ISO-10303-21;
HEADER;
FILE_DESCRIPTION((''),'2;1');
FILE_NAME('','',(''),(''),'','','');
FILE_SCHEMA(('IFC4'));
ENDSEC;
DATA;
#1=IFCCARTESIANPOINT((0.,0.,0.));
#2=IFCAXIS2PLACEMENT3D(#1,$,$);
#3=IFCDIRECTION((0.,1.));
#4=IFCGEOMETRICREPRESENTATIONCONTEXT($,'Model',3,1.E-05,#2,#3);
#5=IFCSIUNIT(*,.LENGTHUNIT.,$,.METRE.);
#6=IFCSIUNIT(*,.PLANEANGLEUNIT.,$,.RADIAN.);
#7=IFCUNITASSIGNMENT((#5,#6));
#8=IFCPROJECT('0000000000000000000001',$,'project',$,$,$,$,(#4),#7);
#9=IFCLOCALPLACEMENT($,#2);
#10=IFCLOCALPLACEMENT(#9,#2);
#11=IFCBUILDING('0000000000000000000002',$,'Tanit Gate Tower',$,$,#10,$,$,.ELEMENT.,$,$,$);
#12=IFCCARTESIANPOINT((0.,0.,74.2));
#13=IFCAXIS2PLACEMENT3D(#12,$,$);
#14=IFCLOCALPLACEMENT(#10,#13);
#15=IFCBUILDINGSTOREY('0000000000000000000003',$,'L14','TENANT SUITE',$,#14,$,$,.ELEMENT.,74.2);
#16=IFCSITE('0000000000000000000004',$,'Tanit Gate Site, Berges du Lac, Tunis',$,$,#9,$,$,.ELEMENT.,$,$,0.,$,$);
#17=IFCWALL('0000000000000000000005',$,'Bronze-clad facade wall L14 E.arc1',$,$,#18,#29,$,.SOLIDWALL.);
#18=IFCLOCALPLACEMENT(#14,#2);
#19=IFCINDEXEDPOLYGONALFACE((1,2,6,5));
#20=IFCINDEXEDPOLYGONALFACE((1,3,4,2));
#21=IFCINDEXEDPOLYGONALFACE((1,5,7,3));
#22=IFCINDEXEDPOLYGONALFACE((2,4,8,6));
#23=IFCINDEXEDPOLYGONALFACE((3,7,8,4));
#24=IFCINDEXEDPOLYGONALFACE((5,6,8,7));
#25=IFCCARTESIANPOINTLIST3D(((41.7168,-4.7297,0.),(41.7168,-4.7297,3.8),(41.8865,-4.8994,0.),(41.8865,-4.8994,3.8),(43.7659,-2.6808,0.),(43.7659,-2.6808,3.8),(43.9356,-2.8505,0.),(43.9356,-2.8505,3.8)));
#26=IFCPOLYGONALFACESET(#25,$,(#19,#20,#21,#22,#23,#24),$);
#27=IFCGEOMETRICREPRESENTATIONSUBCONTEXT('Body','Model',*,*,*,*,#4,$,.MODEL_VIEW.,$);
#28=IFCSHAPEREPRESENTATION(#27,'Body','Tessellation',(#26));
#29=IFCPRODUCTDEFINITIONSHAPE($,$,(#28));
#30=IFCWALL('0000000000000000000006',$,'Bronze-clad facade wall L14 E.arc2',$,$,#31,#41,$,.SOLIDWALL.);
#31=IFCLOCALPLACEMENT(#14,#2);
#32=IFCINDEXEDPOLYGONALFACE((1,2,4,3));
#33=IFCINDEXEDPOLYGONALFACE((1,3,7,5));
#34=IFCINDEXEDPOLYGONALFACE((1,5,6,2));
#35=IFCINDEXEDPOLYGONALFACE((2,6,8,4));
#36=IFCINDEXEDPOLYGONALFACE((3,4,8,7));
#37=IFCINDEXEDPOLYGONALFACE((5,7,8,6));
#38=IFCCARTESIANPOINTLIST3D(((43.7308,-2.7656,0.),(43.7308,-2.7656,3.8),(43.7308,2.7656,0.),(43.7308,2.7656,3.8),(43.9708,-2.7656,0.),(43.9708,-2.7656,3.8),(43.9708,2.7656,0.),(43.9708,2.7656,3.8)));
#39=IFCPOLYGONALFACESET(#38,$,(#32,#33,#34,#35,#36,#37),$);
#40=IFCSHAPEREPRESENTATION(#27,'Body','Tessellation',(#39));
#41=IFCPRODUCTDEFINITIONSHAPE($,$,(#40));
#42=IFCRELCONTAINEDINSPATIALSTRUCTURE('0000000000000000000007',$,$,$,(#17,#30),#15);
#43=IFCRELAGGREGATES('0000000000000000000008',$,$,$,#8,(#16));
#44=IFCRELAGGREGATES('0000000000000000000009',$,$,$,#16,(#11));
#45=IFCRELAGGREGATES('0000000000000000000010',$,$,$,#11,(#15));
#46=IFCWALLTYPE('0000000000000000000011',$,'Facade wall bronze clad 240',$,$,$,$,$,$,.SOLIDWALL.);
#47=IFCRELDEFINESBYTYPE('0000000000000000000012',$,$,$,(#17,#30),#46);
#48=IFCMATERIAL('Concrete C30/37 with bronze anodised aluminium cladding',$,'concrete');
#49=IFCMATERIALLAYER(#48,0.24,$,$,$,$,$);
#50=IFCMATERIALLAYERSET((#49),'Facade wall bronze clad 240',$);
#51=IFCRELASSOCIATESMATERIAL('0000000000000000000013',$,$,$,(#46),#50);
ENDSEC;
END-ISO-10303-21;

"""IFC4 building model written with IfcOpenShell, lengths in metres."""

from ifc_helpers import new_model, si_unit, direction, frame, frame_2d, origin, place, context, subcontext, project, spatial, rectangle, extrude, material, layer, layer_set, type_object, element, save


model = new_model("IFC4")

# Units and contexts
model_context = context("Model", 3, precision=1e-05, world=origin(), true_north=direction((0.0, 1.0)))
body_context = subcontext(model_context, "Body", "Model", "MODEL_VIEW")
ifc_project = project(units=[si_unit("LENGTHUNIT", "METRE"), si_unit("PLANEANGLEUNIT", "RADIAN")], contexts=[model_context])

# Site, building, storey
site_placement = place(None, origin())
site = spatial("IfcSite", under=ifc_project, at=site_placement, Name="Tanit Gate Site, Berges du Lac, Tunis", CompositionType="ELEMENT", RefElevation=0.0)
building_placement = place(site_placement, origin())
building = spatial("IfcBuilding", under=site, at=building_placement, Name="Tanit Gate Tower", CompositionType="ELEMENT")
storey_placement = place(building_placement, frame((0.0, 0.0, 74.2)))
storey = spatial("IfcBuildingStorey", under=building, at=storey_placement, Name="L14", Description="TENANT SUITE", CompositionType="ELEMENT", Elevation=74.2)

# Walls
ifc_material_1 = material(Name="Concrete C30/37 with bronze anodised aluminium cladding", Category="concrete")
ifc_layer_1 = layer(ifc_material_1, 0.24)
ifc_layer_set_1 = layer_set([ifc_layer_1], Name="Facade wall bronze clad 240")
wall_type = type_object("IfcWallType", Name="Facade wall bronze clad 240", PredefinedType="SOLIDWALL", material=ifc_layer_set_1)
wall_1_placement = place(storey_placement, frame((41.8018, -4.8145, 0.0), z_axis=(0.0, 0.0, 1.0), x_axis=(0.707149, 0.707065, 0.0)))
element("IfcWall", 1, at=wall_1_placement, inside=storey, type_object=wall_type, Name="Bronze-clad facade wall L14 E.arc1", PredefinedType="SOLIDWALL", context=body_context, shape_type="SweptSolid", body=[
    extrude(rectangle(XDim=2.8977, YDim=0.24, at=frame_2d((1.4487, 0.0))), origin(), (0.0, 0.0, 1.0), 3.8),
])
wall_2_placement = place(storey_placement, frame((43.8508, -2.7656, 0.0), z_axis=(0.0, 0.0, 1.0), x_axis=(0.0, 1.0, 0.0)))
element("IfcWall", 2, at=wall_2_placement, inside=storey, type_object=wall_type, Name="Bronze-clad facade wall L14 E.arc2", PredefinedType="SOLIDWALL", context=body_context, shape_type="SweptSolid", body=[
    extrude(rectangle(XDim=5.5312, YDim=0.24, at=frame_2d((2.7656, 0.0))), origin(), (0.0, 0.0, 1.0), 3.8),
])

save(model, "model.ifc")
